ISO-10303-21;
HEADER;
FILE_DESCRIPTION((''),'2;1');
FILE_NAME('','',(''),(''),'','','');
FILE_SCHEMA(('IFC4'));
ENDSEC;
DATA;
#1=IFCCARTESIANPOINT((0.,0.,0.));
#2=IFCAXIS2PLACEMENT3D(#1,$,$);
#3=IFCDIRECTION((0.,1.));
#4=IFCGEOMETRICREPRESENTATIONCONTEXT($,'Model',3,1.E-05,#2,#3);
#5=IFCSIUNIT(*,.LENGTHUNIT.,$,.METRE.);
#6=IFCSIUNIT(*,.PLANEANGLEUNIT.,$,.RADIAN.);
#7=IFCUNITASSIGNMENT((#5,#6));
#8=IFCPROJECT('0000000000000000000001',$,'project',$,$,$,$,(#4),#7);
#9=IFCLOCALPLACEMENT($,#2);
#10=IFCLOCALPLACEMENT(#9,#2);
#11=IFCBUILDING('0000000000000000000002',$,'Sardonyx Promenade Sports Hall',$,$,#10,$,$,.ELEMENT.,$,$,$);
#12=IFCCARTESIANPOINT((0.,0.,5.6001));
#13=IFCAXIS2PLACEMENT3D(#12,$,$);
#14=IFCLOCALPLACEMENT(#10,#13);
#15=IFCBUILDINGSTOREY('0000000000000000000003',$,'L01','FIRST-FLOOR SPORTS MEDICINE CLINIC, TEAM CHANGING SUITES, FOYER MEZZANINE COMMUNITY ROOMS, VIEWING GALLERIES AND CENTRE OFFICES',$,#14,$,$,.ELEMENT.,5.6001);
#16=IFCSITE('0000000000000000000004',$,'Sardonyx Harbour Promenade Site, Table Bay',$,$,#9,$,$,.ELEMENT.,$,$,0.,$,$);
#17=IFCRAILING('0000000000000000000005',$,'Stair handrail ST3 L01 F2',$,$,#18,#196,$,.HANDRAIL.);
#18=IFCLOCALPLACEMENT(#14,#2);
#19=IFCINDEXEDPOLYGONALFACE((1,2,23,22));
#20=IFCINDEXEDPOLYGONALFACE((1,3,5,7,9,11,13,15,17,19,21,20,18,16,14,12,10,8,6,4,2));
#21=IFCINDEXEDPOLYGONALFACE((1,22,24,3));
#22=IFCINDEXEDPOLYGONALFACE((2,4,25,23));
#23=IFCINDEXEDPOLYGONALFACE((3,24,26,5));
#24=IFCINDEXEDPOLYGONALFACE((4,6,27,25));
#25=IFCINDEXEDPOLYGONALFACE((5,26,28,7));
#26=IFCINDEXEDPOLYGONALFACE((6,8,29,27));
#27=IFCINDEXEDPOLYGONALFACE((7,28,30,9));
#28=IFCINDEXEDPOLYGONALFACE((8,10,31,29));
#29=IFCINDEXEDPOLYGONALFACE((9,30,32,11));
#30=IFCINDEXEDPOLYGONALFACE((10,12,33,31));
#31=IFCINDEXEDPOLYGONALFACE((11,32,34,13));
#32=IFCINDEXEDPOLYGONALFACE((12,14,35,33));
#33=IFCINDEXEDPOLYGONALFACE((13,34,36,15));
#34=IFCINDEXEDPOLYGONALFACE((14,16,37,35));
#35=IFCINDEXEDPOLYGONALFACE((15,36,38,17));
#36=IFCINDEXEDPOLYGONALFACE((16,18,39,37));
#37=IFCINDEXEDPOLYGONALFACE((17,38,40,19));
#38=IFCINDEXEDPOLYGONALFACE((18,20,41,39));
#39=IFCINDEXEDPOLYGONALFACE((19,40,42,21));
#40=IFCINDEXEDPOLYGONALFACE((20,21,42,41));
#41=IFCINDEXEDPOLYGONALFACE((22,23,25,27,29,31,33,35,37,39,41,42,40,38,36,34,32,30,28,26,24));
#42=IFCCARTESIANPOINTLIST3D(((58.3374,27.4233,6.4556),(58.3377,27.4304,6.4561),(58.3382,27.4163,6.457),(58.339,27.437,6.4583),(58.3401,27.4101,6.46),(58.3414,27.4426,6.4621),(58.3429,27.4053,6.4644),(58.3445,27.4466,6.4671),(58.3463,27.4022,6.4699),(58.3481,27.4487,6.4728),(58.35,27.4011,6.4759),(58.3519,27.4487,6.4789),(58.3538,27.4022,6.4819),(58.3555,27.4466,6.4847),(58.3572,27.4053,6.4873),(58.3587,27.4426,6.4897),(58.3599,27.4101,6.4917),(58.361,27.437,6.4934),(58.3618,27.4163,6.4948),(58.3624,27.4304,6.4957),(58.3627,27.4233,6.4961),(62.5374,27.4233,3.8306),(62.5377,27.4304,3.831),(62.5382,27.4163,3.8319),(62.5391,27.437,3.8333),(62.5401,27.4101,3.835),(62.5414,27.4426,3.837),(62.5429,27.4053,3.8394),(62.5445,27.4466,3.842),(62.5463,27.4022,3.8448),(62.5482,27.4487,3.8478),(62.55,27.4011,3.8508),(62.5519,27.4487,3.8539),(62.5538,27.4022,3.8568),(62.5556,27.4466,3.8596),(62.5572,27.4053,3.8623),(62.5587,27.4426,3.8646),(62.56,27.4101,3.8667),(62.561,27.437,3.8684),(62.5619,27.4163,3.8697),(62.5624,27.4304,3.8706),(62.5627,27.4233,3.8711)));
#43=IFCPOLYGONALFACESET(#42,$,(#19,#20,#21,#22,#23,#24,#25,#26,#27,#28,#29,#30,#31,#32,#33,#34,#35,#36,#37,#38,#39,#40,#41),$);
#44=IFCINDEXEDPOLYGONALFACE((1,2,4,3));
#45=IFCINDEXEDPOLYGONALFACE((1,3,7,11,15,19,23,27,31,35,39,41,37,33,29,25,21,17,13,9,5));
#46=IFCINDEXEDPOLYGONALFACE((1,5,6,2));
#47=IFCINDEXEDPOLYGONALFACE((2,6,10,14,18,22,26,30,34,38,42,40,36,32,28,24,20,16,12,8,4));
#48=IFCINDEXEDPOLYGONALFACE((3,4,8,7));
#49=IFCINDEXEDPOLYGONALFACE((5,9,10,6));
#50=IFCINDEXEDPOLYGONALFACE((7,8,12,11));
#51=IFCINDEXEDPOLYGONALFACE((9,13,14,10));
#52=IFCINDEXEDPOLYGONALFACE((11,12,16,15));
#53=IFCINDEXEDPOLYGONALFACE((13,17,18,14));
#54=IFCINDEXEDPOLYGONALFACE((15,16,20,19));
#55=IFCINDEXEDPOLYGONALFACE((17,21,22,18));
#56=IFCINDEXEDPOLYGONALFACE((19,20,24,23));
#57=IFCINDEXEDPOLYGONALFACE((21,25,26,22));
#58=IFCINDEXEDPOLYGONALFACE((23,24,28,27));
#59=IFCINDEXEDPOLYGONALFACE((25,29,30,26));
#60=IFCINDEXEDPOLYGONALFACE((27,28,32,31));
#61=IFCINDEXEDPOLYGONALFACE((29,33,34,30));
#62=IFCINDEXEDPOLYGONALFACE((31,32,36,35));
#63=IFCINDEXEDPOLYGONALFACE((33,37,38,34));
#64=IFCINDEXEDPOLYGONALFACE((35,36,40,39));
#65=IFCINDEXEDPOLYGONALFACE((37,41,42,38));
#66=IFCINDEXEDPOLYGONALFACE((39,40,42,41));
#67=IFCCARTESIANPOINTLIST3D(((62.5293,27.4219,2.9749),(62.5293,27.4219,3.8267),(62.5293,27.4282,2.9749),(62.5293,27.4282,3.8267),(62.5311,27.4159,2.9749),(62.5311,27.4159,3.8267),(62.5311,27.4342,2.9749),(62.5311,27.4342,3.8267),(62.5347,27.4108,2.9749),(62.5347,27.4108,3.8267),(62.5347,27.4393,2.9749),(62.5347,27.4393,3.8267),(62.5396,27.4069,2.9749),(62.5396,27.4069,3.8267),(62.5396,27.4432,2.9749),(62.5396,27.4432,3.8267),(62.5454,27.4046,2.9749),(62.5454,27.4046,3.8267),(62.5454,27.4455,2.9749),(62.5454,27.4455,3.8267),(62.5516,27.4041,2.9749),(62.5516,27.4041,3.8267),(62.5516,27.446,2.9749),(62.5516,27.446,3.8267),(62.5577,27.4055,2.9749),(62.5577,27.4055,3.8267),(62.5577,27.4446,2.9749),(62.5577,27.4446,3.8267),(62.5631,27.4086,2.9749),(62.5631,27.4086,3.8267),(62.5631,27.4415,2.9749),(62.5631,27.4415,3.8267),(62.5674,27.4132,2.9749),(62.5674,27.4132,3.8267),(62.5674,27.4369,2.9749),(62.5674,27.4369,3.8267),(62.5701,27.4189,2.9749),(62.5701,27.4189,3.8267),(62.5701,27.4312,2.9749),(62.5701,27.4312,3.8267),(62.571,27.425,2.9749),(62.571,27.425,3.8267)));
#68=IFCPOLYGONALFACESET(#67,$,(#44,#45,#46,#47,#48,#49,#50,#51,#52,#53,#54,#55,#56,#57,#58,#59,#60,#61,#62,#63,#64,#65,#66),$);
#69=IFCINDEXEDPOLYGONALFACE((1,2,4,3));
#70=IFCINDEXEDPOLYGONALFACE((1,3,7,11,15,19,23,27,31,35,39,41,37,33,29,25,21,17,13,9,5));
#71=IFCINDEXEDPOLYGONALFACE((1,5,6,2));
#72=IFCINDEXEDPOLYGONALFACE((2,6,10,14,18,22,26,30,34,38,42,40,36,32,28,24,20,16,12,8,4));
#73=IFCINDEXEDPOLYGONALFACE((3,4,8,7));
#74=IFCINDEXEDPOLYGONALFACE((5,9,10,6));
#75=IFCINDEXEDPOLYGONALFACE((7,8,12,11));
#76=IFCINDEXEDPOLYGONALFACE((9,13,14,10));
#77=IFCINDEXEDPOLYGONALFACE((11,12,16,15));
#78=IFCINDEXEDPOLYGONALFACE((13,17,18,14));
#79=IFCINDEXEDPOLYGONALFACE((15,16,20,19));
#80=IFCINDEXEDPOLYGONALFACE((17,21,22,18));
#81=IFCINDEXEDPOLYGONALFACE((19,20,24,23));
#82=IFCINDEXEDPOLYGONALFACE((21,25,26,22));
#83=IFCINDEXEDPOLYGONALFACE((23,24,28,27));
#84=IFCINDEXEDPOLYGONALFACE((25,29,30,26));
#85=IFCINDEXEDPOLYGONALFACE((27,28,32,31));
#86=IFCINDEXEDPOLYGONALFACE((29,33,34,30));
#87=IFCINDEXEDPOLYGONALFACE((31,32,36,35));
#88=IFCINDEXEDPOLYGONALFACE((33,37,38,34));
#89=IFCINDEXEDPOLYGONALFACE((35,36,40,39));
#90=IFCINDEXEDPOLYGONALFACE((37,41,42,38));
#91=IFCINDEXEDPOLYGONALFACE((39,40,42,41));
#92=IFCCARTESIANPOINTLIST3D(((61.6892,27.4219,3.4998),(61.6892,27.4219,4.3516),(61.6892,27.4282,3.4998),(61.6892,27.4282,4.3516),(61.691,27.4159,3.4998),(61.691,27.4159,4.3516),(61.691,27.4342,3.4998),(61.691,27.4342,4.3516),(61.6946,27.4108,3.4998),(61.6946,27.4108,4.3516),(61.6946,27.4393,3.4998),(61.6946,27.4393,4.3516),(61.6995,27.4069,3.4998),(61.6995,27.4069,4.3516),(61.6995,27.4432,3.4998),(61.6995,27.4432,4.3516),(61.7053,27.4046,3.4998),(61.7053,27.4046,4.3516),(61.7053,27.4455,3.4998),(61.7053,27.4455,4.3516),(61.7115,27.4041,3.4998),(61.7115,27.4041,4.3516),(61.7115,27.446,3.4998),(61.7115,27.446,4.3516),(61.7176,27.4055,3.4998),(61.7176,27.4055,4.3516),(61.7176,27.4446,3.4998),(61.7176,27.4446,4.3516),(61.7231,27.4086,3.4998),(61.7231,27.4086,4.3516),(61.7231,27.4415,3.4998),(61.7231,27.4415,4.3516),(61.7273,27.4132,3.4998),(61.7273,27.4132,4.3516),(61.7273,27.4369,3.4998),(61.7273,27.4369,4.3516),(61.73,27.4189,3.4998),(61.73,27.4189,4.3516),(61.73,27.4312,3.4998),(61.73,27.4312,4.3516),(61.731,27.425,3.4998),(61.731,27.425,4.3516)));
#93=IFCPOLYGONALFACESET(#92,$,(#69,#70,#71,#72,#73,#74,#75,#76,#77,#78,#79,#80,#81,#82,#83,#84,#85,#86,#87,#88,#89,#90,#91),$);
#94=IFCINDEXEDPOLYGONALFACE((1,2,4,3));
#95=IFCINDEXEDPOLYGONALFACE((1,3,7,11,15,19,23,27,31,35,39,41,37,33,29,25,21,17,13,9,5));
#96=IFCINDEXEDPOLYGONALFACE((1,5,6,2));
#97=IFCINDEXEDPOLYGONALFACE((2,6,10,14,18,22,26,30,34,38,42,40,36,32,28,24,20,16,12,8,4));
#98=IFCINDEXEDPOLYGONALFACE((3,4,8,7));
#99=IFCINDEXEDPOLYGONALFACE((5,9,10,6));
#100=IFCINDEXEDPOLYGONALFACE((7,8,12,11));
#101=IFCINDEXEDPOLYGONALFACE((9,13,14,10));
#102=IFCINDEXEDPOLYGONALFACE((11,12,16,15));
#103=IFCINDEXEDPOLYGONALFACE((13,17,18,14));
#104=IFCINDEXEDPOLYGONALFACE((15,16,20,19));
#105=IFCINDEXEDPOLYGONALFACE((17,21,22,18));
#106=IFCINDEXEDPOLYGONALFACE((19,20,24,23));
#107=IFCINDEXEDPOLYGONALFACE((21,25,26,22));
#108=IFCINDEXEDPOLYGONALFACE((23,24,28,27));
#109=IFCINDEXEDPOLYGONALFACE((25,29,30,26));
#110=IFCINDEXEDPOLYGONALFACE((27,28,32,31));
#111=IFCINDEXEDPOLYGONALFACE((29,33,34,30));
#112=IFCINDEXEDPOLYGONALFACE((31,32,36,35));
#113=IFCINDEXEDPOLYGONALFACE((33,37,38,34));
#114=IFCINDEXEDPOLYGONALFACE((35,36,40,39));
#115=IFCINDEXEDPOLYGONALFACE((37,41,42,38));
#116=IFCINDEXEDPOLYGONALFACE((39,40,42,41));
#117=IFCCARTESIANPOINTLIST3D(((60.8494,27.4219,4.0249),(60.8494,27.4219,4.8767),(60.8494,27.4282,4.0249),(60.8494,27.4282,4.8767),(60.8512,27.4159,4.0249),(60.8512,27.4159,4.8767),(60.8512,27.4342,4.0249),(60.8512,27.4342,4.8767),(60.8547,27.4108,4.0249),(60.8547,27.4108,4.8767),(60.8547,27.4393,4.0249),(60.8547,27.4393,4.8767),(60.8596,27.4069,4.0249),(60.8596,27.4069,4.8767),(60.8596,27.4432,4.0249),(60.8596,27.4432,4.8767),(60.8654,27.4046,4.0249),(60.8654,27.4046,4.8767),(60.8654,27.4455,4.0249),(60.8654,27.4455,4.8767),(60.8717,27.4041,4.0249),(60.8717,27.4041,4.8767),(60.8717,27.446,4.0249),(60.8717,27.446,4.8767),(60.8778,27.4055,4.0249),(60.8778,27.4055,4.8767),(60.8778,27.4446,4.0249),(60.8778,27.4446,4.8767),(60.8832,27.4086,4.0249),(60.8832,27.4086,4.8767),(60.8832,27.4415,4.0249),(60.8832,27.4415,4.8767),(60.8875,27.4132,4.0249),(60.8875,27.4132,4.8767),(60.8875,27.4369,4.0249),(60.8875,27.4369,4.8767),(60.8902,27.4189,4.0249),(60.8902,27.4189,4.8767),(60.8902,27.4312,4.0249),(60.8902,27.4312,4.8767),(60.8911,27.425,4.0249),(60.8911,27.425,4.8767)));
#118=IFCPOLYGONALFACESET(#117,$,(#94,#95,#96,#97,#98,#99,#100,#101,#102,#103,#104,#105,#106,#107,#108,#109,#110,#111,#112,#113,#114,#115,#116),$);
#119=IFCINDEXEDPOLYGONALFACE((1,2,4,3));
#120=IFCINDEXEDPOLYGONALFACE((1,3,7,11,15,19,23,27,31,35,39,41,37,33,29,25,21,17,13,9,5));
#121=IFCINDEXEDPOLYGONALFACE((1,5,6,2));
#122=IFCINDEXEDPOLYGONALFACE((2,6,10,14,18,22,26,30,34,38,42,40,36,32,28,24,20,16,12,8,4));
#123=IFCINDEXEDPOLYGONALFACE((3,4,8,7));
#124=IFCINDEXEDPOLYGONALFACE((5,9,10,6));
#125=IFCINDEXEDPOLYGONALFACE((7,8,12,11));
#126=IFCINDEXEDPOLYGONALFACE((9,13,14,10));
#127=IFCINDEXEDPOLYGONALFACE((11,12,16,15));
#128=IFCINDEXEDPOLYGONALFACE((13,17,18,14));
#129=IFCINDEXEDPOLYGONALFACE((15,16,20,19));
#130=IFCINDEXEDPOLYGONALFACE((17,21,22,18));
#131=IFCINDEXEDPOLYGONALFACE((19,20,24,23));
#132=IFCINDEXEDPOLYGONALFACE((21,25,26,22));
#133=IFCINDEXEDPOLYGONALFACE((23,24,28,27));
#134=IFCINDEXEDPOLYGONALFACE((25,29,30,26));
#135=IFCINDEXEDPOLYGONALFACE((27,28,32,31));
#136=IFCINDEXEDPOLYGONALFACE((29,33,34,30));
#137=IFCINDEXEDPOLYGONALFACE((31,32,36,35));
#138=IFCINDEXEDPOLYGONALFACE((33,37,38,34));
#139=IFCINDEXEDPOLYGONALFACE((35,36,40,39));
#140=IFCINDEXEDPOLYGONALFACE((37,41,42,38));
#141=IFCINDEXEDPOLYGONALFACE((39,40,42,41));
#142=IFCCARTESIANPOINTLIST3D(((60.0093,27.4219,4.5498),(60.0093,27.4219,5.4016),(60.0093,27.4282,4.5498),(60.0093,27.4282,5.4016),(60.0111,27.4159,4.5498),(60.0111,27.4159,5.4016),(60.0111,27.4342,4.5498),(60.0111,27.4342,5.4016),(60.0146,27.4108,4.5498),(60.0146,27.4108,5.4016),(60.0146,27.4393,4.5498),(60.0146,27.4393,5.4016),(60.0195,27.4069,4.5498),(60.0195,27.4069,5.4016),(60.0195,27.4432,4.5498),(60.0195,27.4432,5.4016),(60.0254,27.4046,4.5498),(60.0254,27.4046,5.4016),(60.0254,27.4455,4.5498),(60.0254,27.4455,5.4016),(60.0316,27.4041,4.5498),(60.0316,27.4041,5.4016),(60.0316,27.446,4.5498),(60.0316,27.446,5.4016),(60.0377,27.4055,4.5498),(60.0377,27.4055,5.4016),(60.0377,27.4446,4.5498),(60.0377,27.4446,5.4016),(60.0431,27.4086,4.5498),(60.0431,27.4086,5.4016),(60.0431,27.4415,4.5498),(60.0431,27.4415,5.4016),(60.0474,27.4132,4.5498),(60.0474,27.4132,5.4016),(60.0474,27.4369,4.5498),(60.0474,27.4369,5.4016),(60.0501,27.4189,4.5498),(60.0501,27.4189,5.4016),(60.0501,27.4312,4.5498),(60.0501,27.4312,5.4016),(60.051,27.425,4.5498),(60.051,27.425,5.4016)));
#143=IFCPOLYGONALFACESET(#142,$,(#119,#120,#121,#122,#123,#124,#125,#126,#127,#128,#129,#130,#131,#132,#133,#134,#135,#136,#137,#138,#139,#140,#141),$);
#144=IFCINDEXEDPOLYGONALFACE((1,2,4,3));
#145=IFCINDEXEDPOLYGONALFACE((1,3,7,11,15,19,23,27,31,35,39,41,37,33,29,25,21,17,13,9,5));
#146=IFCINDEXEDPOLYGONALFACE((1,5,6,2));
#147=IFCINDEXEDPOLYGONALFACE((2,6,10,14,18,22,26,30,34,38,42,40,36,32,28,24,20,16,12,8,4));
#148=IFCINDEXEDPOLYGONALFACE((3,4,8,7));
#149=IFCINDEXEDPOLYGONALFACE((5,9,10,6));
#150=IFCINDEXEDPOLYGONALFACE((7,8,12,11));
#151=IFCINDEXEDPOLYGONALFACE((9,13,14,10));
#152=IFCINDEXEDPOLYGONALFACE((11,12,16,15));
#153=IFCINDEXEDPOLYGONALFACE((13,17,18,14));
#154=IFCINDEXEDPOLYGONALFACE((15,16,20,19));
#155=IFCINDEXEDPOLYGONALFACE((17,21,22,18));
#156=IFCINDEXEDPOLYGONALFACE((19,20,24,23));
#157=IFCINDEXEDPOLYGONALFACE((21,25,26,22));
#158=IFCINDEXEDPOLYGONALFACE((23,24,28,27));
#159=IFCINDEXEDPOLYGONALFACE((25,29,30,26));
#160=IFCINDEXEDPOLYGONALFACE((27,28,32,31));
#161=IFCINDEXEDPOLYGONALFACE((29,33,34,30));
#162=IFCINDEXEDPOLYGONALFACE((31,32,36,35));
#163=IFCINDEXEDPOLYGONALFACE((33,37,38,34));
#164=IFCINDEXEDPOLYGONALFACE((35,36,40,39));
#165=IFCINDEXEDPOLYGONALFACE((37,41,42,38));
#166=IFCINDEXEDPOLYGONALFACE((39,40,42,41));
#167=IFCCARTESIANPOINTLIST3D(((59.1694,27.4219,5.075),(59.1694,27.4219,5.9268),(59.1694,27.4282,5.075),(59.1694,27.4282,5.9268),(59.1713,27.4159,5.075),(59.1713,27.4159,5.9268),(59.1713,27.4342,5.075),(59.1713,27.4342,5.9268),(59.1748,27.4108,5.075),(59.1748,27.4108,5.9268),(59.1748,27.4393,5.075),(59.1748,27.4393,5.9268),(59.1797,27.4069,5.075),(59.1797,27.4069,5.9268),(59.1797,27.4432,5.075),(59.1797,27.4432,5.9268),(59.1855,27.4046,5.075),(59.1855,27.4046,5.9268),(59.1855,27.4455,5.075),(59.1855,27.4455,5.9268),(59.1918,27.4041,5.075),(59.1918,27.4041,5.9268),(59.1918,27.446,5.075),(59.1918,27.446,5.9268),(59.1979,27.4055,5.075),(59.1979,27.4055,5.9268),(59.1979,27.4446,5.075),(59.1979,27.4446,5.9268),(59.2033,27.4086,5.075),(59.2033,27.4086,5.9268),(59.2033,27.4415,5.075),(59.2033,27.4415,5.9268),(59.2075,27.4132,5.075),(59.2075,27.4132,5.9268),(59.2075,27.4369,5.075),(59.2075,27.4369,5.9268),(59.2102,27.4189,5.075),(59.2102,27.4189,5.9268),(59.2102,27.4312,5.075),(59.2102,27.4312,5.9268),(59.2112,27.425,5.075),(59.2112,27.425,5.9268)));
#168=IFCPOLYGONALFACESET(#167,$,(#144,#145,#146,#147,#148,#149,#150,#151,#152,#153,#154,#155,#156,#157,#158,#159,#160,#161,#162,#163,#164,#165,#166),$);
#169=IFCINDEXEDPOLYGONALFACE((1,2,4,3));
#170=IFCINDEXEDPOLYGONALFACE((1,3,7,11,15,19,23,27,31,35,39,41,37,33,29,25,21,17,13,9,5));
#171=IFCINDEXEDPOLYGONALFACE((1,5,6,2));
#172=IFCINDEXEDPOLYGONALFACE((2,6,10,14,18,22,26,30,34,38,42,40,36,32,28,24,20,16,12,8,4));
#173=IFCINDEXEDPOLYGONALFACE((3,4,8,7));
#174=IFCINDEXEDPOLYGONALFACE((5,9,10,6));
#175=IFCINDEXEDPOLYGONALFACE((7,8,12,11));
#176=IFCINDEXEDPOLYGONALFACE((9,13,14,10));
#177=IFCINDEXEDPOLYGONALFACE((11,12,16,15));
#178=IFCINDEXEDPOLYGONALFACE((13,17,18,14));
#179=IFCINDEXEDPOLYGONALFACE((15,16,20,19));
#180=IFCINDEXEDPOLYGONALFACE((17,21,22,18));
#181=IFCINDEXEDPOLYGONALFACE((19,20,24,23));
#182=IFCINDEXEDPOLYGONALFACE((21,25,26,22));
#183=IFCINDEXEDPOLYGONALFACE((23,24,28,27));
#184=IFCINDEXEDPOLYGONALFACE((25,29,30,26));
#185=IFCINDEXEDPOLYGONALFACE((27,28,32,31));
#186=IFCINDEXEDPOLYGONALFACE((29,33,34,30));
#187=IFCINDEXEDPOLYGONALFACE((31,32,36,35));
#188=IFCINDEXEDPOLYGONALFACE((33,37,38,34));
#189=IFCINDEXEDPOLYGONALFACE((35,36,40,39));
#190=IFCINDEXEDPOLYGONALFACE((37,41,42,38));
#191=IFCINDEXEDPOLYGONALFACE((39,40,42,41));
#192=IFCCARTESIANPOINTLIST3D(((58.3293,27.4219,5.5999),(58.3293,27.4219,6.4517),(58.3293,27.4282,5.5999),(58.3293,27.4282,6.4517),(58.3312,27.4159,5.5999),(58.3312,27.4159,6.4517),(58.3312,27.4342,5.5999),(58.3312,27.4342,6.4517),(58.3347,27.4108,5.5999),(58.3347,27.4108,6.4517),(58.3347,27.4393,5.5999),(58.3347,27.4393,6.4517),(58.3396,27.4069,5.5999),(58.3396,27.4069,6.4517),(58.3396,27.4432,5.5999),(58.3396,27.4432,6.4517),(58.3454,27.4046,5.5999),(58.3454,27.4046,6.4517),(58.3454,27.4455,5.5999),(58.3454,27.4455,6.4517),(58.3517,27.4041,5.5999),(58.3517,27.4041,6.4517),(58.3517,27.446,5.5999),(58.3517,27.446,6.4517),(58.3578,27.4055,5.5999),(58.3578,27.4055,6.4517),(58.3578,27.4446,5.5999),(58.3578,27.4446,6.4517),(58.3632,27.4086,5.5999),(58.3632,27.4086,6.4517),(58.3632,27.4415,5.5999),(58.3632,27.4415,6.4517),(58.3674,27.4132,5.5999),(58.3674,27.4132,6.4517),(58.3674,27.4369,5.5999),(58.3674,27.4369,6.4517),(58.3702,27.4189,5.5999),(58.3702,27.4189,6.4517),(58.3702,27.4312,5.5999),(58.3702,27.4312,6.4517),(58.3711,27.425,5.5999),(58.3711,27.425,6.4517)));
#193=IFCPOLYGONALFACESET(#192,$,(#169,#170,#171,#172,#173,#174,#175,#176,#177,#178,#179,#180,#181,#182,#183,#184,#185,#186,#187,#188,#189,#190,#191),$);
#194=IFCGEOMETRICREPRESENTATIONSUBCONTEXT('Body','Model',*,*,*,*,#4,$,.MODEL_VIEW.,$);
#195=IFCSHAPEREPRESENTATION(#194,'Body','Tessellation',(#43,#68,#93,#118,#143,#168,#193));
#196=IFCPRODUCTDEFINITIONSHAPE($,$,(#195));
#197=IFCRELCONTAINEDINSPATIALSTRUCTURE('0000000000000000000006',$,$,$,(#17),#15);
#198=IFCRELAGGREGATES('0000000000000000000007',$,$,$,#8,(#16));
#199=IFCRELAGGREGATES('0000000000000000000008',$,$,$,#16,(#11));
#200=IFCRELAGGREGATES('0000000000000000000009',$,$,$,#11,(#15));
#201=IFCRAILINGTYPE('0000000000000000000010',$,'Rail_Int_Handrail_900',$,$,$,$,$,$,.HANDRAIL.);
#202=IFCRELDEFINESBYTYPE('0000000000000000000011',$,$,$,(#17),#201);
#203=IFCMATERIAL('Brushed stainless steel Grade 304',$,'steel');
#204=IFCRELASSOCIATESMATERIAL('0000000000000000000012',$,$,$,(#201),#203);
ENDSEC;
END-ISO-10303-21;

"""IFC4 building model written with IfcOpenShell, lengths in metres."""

from ifc_helpers import new_model, si_unit, direction, frame, origin, origin_2d, place, context, subcontext, project, spatial, circle, extrude, material, type_object, element, save


model = new_model("IFC4")

# Units and contexts
model_context = context("Model", 3, precision=1e-05, world=origin(), true_north=direction((0.0, 1.0)))
body_context = subcontext(model_context, "Body", "Model", "MODEL_VIEW")
ifc_project = project(units=[si_unit("LENGTHUNIT", "METRE"), si_unit("PLANEANGLEUNIT", "RADIAN")], contexts=[model_context])

# Site, building, storey
site_placement = place(None, origin())
site = spatial("IfcSite", under=ifc_project, at=site_placement, Name="Sardonyx Harbour Promenade Site, Table Bay", CompositionType="ELEMENT", RefElevation=0.0)
building_placement = place(site_placement, origin())
building = spatial("IfcBuilding", under=site, at=building_placement, Name="Sardonyx Promenade Sports Hall", CompositionType="ELEMENT")
storey_placement = place(building_placement, frame((0.0, 0.0, 5.6001)))
storey = spatial("IfcBuildingStorey", under=building, at=storey_placement, Name="L01", Description="FIRST-FLOOR SPORTS MEDICINE CLINIC, TEAM CHANGING SUITES, FOYER MEZZANINE COMMUNITY ROOMS, VIEWING GALLERIES AND CENTRE OFFICES", CompositionType="ELEMENT", Elevation=5.6001)

# Railing
ifc_material_1 = material(Name="Brushed stainless steel Grade 304", Category="steel")
railing_type_1 = type_object("IfcRailingType", Name="Rail_Int_Handrail_900", PredefinedType="HANDRAIL", material=ifc_material_1)
railing_1_placement = place(storey_placement, frame((62.55, 27.425, 2.9749)))
element("IfcRailing", 1, at=railing_1_placement, inside=storey, type_object=railing_type_1, Name="Stair handrail ST3 L01 F2", PredefinedType="HANDRAIL", context=body_context, shape_type="SweptSolid", body=[
    extrude(circle(Radius=0.0239, at=origin_2d()), frame((0.0, 0.0, 0.876), z_axis=(-0.847996, 0.0, 0.530003), x_axis=(0.0, -1.0, 0.0)), (0.0, 0.0, 1.0), 4.9529),
    extrude(circle(Radius=0.021, at=origin_2d()), origin(), (0.0, 0.0, 1.0), 0.8518),
    extrude(circle(Radius=0.021, at=origin_2d()), frame((-0.8401, 0.0, 0.5249)), (0.0, 0.0, 1.0), 0.8518),
    extrude(circle(Radius=0.021, at=origin_2d()), frame((-1.6799, 0.0, 1.05)), (0.0, 0.0, 1.0), 0.8518),
    extrude(circle(Radius=0.021, at=origin_2d()), frame((-2.52, 0.0, 1.575)), (0.0, 0.0, 1.0), 0.8518),
    extrude(circle(Radius=0.021, at=origin_2d()), frame((-3.3599, 0.0, 2.1001)), (0.0, 0.0, 1.0), 0.8518),
    extrude(circle(Radius=0.021, at=origin_2d()), frame((-4.2, 0.0, 2.625)), (0.0, 0.0, 1.0), 0.8518),
])

save(model, "model.ifc")
